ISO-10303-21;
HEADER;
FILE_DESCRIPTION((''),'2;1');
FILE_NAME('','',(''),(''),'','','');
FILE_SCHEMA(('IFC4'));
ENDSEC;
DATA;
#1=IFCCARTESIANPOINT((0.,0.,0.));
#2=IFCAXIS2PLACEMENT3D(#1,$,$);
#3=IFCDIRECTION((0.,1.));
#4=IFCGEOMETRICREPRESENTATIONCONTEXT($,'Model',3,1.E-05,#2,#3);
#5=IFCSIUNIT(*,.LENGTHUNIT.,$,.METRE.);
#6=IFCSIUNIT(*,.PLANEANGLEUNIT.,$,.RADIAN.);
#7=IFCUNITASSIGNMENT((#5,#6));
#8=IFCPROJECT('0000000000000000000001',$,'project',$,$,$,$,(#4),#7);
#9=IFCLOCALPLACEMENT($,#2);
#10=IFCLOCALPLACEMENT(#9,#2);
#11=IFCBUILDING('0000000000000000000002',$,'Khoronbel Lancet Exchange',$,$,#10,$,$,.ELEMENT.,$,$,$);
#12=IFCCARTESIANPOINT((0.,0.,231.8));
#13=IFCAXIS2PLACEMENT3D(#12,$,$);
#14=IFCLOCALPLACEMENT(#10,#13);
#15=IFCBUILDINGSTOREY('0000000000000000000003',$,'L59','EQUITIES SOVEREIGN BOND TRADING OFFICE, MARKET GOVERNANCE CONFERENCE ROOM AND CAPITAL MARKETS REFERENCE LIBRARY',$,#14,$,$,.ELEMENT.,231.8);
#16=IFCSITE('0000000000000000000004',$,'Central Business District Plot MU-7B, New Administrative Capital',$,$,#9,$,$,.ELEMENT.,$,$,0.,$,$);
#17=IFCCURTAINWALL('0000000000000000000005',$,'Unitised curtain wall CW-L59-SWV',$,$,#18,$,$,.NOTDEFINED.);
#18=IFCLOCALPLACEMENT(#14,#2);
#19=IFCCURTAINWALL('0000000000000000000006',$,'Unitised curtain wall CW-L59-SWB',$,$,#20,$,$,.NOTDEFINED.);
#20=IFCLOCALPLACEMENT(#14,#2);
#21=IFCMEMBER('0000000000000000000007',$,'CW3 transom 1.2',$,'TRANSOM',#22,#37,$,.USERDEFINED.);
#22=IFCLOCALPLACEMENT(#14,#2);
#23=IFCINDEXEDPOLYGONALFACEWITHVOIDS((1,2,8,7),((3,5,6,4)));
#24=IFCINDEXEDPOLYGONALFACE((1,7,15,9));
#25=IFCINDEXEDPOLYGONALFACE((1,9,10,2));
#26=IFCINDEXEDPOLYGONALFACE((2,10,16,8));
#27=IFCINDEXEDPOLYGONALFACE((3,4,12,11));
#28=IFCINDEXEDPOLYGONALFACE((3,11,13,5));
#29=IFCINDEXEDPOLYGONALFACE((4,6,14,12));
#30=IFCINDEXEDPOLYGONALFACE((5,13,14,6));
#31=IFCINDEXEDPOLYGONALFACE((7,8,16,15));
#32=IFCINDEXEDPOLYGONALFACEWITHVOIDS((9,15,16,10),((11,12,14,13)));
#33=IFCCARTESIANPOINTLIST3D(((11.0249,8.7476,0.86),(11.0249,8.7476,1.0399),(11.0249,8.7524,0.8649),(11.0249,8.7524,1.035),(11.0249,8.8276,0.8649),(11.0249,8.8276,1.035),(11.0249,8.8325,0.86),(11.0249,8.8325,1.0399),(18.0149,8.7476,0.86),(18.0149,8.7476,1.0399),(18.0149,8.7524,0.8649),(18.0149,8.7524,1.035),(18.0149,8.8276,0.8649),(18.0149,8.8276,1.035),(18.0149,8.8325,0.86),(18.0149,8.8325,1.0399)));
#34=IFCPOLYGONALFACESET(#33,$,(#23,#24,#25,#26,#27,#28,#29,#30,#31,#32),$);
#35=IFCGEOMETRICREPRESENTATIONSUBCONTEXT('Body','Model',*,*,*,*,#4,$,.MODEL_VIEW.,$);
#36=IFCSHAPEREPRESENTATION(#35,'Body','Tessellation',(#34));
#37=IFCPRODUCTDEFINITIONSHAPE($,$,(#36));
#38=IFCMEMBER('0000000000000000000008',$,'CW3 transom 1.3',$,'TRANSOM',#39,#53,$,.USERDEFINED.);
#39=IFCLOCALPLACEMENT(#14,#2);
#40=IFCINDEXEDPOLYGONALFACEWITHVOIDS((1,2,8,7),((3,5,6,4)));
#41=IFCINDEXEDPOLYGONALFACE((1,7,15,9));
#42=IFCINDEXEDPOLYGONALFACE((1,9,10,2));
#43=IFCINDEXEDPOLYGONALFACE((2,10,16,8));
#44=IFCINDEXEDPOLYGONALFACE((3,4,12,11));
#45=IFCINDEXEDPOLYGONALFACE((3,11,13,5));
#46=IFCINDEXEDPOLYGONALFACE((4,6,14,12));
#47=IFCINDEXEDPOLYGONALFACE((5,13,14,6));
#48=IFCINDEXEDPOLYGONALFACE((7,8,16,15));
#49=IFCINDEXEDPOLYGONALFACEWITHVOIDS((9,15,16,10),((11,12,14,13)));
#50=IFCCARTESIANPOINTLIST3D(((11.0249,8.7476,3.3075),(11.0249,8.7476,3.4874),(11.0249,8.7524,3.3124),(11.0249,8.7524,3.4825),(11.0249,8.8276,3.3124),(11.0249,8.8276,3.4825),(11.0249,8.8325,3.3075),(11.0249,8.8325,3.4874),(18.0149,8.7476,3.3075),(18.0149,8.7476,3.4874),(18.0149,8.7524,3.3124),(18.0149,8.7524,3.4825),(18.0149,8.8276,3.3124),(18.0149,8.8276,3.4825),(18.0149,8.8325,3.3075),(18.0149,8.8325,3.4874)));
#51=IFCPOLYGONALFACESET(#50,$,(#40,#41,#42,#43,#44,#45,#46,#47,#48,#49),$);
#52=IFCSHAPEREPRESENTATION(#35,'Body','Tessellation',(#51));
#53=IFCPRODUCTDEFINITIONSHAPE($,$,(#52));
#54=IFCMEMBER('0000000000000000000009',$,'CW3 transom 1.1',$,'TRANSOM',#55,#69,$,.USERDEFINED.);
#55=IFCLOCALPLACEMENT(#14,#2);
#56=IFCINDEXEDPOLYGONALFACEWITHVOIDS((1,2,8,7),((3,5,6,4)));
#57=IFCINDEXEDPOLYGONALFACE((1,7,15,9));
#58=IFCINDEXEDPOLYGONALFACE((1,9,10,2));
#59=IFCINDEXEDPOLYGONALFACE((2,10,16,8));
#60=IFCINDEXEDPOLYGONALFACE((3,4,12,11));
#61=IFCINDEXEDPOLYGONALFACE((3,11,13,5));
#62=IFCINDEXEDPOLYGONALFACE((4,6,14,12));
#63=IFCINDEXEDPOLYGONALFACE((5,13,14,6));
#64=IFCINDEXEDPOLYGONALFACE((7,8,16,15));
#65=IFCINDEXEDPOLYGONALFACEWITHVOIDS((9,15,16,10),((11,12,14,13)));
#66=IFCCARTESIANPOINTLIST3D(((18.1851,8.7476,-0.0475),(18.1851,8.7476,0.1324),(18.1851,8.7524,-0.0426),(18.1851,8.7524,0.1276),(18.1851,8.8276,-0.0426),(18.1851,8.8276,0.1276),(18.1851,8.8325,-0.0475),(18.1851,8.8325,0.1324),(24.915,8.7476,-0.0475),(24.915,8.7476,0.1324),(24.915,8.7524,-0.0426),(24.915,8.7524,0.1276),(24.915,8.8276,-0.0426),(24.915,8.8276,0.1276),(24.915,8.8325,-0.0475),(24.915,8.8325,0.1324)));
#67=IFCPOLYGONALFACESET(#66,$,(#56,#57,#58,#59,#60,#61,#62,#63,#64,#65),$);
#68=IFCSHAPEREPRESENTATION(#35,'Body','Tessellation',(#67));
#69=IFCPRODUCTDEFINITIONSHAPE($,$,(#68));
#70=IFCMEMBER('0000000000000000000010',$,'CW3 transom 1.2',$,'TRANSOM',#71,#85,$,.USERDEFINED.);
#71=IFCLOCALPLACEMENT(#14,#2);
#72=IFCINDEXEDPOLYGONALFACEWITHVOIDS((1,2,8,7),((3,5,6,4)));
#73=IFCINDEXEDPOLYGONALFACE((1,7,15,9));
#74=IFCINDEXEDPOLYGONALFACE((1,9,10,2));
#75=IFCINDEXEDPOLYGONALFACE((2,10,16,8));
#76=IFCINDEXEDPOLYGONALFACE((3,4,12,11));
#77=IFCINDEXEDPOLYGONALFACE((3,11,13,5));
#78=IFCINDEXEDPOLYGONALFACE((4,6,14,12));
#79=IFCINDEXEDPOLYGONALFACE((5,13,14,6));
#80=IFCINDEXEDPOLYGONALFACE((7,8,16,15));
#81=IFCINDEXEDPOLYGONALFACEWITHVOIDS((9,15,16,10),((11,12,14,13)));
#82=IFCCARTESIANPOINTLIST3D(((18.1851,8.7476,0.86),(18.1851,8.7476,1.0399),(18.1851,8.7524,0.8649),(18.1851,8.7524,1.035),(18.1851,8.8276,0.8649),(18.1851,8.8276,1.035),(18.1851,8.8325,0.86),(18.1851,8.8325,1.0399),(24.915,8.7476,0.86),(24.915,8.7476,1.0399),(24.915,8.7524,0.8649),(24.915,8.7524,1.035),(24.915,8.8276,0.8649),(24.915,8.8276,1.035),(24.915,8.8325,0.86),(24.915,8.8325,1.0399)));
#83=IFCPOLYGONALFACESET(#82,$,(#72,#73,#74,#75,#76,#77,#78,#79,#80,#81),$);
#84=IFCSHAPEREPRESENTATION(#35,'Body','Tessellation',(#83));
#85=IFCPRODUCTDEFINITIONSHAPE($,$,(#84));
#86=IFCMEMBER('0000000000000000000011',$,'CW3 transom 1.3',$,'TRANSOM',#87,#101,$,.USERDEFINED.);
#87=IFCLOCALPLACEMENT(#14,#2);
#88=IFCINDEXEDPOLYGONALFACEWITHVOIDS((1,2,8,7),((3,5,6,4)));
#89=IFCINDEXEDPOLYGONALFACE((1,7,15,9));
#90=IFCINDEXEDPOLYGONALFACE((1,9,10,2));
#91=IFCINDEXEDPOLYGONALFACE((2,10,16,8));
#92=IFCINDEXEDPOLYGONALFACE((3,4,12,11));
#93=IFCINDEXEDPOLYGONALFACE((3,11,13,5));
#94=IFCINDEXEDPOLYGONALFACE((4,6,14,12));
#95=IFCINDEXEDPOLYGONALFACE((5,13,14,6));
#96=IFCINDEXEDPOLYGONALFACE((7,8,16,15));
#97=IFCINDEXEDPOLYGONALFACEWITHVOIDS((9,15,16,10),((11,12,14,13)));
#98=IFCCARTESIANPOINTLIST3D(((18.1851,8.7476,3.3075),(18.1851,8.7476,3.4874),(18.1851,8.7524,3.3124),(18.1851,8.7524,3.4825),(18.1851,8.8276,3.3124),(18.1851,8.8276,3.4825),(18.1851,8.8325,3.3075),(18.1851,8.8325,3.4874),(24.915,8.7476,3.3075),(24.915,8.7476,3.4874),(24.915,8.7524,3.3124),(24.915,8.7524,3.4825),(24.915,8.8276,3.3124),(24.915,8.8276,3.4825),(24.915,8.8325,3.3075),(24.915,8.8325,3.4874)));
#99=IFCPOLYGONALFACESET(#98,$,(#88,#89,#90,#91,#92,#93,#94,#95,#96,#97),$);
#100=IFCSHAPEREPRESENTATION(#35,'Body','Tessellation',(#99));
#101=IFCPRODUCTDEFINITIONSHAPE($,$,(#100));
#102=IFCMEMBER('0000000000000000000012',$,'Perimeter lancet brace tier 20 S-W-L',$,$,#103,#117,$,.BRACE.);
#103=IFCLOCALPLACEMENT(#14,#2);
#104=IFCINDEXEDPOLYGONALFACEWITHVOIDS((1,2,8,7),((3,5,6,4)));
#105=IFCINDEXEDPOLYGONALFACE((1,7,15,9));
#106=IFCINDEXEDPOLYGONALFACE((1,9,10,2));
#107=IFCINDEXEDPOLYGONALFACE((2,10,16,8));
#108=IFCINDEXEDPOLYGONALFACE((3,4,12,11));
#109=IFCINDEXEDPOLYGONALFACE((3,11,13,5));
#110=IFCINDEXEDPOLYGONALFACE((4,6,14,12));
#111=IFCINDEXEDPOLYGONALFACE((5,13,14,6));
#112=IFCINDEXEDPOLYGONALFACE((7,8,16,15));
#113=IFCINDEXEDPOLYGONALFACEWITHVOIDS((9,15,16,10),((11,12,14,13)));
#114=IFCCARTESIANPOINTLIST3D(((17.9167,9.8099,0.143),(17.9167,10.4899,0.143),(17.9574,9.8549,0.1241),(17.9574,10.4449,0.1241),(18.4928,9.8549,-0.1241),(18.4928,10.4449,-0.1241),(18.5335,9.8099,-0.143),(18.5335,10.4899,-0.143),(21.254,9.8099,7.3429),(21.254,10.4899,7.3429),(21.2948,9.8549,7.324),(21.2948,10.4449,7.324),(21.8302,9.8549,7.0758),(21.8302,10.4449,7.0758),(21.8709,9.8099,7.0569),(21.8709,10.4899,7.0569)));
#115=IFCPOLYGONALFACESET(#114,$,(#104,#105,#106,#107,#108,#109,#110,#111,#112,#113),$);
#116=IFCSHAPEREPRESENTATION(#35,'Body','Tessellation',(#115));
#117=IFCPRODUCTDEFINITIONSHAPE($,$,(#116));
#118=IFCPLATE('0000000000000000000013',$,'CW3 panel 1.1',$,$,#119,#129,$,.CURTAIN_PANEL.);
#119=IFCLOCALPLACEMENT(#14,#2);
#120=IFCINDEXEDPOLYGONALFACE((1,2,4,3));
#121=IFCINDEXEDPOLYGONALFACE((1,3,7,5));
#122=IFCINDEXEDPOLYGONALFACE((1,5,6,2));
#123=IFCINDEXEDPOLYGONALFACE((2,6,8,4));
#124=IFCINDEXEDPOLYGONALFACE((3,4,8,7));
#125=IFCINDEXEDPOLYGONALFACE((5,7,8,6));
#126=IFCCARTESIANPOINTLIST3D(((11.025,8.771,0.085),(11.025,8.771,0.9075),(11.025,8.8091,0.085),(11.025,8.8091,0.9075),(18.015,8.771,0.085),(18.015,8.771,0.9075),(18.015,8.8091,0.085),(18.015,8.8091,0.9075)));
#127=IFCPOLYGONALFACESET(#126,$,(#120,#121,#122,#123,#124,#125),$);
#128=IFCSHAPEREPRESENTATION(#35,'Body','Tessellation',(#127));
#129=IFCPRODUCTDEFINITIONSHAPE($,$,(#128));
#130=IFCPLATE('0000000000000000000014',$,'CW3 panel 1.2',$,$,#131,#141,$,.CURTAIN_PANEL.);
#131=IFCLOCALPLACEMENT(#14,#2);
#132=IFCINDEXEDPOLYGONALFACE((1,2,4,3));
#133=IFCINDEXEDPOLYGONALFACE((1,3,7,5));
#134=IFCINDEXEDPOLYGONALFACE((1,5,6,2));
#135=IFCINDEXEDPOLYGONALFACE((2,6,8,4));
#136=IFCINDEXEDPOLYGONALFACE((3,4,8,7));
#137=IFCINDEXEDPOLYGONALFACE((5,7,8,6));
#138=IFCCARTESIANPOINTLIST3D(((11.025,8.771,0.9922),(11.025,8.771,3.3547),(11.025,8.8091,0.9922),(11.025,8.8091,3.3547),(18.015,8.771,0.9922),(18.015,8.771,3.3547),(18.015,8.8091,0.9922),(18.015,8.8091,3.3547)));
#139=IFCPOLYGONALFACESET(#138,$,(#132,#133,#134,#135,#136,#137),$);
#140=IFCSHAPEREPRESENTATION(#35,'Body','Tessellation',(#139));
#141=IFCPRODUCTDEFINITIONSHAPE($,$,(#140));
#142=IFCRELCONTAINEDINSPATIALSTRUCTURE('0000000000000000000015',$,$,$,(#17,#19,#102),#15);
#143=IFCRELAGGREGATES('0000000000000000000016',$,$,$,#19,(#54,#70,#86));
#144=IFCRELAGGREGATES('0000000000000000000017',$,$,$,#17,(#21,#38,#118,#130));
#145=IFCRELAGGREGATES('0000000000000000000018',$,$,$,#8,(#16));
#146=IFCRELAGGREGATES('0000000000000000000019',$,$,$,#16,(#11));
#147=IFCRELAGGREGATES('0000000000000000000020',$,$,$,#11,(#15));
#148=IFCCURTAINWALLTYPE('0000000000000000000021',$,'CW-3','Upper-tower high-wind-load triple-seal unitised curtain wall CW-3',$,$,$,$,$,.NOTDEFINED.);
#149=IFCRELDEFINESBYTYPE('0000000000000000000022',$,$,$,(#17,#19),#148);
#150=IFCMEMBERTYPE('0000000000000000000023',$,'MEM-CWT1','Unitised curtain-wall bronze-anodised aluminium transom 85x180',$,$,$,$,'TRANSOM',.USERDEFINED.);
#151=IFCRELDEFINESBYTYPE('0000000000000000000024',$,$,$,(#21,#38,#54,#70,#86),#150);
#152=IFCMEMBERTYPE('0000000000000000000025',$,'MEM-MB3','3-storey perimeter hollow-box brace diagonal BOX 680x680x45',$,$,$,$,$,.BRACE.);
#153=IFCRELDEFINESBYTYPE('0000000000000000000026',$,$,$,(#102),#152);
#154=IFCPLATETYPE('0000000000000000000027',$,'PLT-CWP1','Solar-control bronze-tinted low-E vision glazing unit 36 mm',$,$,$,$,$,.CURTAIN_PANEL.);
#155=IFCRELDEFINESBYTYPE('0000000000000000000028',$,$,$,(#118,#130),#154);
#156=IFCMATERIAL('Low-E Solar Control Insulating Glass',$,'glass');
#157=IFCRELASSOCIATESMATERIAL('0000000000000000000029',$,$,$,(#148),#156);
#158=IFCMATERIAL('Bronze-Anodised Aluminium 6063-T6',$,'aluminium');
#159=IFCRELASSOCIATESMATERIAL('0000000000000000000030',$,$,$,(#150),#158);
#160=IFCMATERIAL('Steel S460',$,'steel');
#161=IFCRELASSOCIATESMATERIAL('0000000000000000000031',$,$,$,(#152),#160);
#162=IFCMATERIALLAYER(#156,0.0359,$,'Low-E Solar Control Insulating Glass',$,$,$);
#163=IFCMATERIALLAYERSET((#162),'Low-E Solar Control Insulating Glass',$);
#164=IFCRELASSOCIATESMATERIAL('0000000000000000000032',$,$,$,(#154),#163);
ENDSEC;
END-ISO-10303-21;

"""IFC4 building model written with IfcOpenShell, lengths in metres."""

from ifc_helpers import new_model, si_unit, direction, frame, origin, origin_2d, place, context, subcontext, project, spatial, rectangle, hollow_rectangle, extrude, material, layer, layer_set, material_profile, profile_set, type_object, element, aggregate, save


model = new_model("IFC4")

# Units and contexts
model_context = context("Model", 3, precision=1e-05, world=origin(), true_north=direction((0.0, 1.0)))
body_context = subcontext(model_context, "Body", "Model", "MODEL_VIEW")
ifc_project = project(units=[si_unit("LENGTHUNIT", "METRE"), si_unit("PLANEANGLEUNIT", "RADIAN")], contexts=[model_context])

# Site, building, storey
site_placement = place(None, origin())
site = spatial("IfcSite", under=ifc_project, at=site_placement, Name="Central Business District Plot MU-7B, New Administrative Capital", CompositionType="ELEMENT", RefElevation=0.0)
building_placement = place(site_placement, origin())
building = spatial("IfcBuilding", under=site, at=building_placement, Name="Khoronbel Lancet Exchange", CompositionType="ELEMENT")
storey_placement = place(building_placement, frame((0.0, 0.0, 231.8)))
storey = spatial("IfcBuildingStorey", under=building, at=storey_placement, Name="L59", Description="EQUITIES SOVEREIGN BOND TRADING OFFICE, MARKET GOVERNANCE CONFERENCE ROOM AND CAPITAL MARKETS REFERENCE LIBRARY", CompositionType="ELEMENT", Elevation=231.8)

# Shared definitions
ifc_material_1 = material(Name="Steel S460", Category="steel")

# Curtain wall
ifc_material_2 = material(Name="Low-E Solar Control Insulating Glass", Category="glass")
curtain_wall_type = type_object("IfcCurtainWallType", Name="CW-3", Description="Upper-tower high-wind-load triple-seal unitised curtain wall CW-3", PredefinedType="NOTDEFINED", material=ifc_material_2)
curtain_wall_1_placement = place(storey_placement, origin())
curtain_wall_1 = element("IfcCurtainWall", 1, at=curtain_wall_1_placement, inside=storey, type_object=curtain_wall_type, Name="Unitised curtain wall CW-L59-SWV", PredefinedType="NOTDEFINED")
ifc_material_3 = material(Name="Bronze-Anodised Aluminium 6063-T6", Category="aluminium")

# Curtain wall
curtain_wall_2_placement = place(storey_placement, origin())
curtain_wall_2 = element("IfcCurtainWall", 2, at=curtain_wall_2_placement, inside=storey, type_object=curtain_wall_type, Name="Unitised curtain wall CW-L59-SWB", PredefinedType="NOTDEFINED")

# Members
ifc_material_profile_1 = material_profile(ifc_material_3, hollow_rectangle(XDim=0.085, YDim=0.1799, WallThickness=0.0049, at=origin_2d()), Name="ALU TRANSOM 85x180")
ifc_profile_set_1 = profile_set([ifc_material_profile_1], Name="Bronze-Anodised Aluminium 6063-T6")
member_type_1 = type_object("IfcMemberType", Name="MEM-CWT1", Description="Unitised curtain-wall bronze-anodised aluminium transom 85x180", ElementType="TRANSOM", PredefinedType="USERDEFINED", material=ifc_profile_set_1)
member_1_placement = place(storey_placement, frame((11.0249, 8.79, 0.95), z_axis=(1.0, 0.0, 0.0), x_axis=(0.0, 1.0, 0.0)))
member_1 = element("IfcMember", 3, at=member_1_placement, type_object=member_type_1, Name="CW3 transom 1.2", ObjectType="TRANSOM", PredefinedType="USERDEFINED", context=body_context, shape_type="SweptSolid", body=[
    extrude(hollow_rectangle(XDim=0.085, YDim=0.1799, WallThickness=0.0049, at=origin_2d()), origin(), (0.0, 0.0, 1.0), 6.99),
])
member_2_placement = place(storey_placement, frame((11.0249, 8.79, 3.3975), z_axis=(1.0, 0.0, 0.0), x_axis=(0.0, 1.0, 0.0)))
member_2 = element("IfcMember", 4, at=member_2_placement, type_object=member_type_1, Name="CW3 transom 1.3", ObjectType="TRANSOM", PredefinedType="USERDEFINED", context=body_context, shape_type="SweptSolid", body=[
    extrude(hollow_rectangle(XDim=0.085, YDim=0.1799, WallThickness=0.0049, at=origin_2d()), origin(), (0.0, 0.0, 1.0), 6.99),
])
member_3_placement = place(storey_placement, frame((18.1851, 8.79, 0.0425), z_axis=(1.0, 0.0, 0.0), x_axis=(0.0, 1.0, 0.0)))
member_3 = element("IfcMember", 5, at=member_3_placement, type_object=member_type_1, Name="CW3 transom 1.1", ObjectType="TRANSOM", PredefinedType="USERDEFINED", context=body_context, shape_type="SweptSolid", body=[
    extrude(hollow_rectangle(XDim=0.085, YDim=0.1799, WallThickness=0.0049, at=origin_2d()), origin(), (0.0, 0.0, 1.0), 6.73),
])
member_4_placement = place(storey_placement, frame((18.1851, 8.79, 0.95), z_axis=(1.0, 0.0, 0.0), x_axis=(0.0, 1.0, 0.0)))
member_4 = element("IfcMember", 6, at=member_4_placement, type_object=member_type_1, Name="CW3 transom 1.2", ObjectType="TRANSOM", PredefinedType="USERDEFINED", context=body_context, shape_type="SweptSolid", body=[
    extrude(hollow_rectangle(XDim=0.085, YDim=0.1799, WallThickness=0.0049, at=origin_2d()), origin(), (0.0, 0.0, 1.0), 6.73),
])
member_5_placement = place(storey_placement, frame((18.1851, 8.79, 3.3975), z_axis=(1.0, 0.0, 0.0), x_axis=(0.0, 1.0, 0.0)))
member_5 = element("IfcMember", 7, at=member_5_placement, type_object=member_type_1, Name="CW3 transom 1.3", ObjectType="TRANSOM", PredefinedType="USERDEFINED", context=body_context, shape_type="SweptSolid", body=[
    extrude(hollow_rectangle(XDim=0.085, YDim=0.1799, WallThickness=0.0049, at=origin_2d()), origin(), (0.0, 0.0, 1.0), 6.73),
])
aggregate(curtain_wall_2, [member_3, member_4, member_5])
ifc_material_profile_2 = material_profile(ifc_material_1, hollow_rectangle(XDim=0.6799, YDim=0.6799, WallThickness=0.0449, at=origin_2d()), Name="BOX 680x680x45")
ifc_profile_set_2 = profile_set([ifc_material_profile_2], Name="Steel S460")
member_type_2 = type_object("IfcMemberType", Name="MEM-MB3", Description="3-storey perimeter hollow-box brace diagonal BOX 680x680x45", PredefinedType="BRACE", material=ifc_profile_set_2)
member_6_placement = place(storey_placement, frame((18.2251, 10.1499, 0.0), z_axis=(0.420548, 0.0, 0.90727), x_axis=(0.0, 1.0, 0.0)))
element("IfcMember", 8, at=member_6_placement, inside=storey, type_object=member_type_2, Name="Perimeter lancet brace tier 20 S-W-L", PredefinedType="BRACE", context=body_context, shape_type="SweptSolid", body=[
    extrude(hollow_rectangle(XDim=0.6799, YDim=0.6799, WallThickness=0.0449, at=origin_2d()), origin(), (0.0, 0.0, 1.0), 7.9358),
])

# Plates
ifc_layer_1 = layer(ifc_material_2, 0.0359, Name="Low-E Solar Control Insulating Glass")
ifc_layer_set_1 = layer_set([ifc_layer_1], Name="Low-E Solar Control Insulating Glass")
plate_type = type_object("IfcPlateType", Name="PLT-CWP1", Description="Solar-control bronze-tinted low-E vision glazing unit 36 mm", PredefinedType="CURTAIN_PANEL", material=ifc_layer_set_1)
plate_1_placement = place(storey_placement, frame((14.52, 8.79, 0.085), z_axis=(0.0, 0.0, 1.0), x_axis=(1.0, 0.0, 0.0)))
plate_1 = element("IfcPlate", 9, at=plate_1_placement, type_object=plate_type, Name="CW3 panel 1.1", PredefinedType="CURTAIN_PANEL", context=body_context, shape_type="SweptSolid", body=[
    extrude(rectangle(XDim=6.99, YDim=0.0381, at=origin_2d()), origin(), (0.0, 0.0, 1.0), 0.8225),
])
plate_2_placement = place(storey_placement, frame((14.52, 8.79, 0.9922), z_axis=(0.0, 0.0, 1.0), x_axis=(1.0, 0.0, 0.0)))
plate_2 = element("IfcPlate", 10, at=plate_2_placement, type_object=plate_type, Name="CW3 panel 1.2", PredefinedType="CURTAIN_PANEL", context=body_context, shape_type="SweptSolid", body=[
    extrude(rectangle(XDim=6.99, YDim=0.0381, at=origin_2d()), origin(), (0.0, 0.0, 1.0), 2.3625),
])
aggregate(curtain_wall_1, [member_1, member_2, plate_1, plate_2])

save(model, "model.ifc")
